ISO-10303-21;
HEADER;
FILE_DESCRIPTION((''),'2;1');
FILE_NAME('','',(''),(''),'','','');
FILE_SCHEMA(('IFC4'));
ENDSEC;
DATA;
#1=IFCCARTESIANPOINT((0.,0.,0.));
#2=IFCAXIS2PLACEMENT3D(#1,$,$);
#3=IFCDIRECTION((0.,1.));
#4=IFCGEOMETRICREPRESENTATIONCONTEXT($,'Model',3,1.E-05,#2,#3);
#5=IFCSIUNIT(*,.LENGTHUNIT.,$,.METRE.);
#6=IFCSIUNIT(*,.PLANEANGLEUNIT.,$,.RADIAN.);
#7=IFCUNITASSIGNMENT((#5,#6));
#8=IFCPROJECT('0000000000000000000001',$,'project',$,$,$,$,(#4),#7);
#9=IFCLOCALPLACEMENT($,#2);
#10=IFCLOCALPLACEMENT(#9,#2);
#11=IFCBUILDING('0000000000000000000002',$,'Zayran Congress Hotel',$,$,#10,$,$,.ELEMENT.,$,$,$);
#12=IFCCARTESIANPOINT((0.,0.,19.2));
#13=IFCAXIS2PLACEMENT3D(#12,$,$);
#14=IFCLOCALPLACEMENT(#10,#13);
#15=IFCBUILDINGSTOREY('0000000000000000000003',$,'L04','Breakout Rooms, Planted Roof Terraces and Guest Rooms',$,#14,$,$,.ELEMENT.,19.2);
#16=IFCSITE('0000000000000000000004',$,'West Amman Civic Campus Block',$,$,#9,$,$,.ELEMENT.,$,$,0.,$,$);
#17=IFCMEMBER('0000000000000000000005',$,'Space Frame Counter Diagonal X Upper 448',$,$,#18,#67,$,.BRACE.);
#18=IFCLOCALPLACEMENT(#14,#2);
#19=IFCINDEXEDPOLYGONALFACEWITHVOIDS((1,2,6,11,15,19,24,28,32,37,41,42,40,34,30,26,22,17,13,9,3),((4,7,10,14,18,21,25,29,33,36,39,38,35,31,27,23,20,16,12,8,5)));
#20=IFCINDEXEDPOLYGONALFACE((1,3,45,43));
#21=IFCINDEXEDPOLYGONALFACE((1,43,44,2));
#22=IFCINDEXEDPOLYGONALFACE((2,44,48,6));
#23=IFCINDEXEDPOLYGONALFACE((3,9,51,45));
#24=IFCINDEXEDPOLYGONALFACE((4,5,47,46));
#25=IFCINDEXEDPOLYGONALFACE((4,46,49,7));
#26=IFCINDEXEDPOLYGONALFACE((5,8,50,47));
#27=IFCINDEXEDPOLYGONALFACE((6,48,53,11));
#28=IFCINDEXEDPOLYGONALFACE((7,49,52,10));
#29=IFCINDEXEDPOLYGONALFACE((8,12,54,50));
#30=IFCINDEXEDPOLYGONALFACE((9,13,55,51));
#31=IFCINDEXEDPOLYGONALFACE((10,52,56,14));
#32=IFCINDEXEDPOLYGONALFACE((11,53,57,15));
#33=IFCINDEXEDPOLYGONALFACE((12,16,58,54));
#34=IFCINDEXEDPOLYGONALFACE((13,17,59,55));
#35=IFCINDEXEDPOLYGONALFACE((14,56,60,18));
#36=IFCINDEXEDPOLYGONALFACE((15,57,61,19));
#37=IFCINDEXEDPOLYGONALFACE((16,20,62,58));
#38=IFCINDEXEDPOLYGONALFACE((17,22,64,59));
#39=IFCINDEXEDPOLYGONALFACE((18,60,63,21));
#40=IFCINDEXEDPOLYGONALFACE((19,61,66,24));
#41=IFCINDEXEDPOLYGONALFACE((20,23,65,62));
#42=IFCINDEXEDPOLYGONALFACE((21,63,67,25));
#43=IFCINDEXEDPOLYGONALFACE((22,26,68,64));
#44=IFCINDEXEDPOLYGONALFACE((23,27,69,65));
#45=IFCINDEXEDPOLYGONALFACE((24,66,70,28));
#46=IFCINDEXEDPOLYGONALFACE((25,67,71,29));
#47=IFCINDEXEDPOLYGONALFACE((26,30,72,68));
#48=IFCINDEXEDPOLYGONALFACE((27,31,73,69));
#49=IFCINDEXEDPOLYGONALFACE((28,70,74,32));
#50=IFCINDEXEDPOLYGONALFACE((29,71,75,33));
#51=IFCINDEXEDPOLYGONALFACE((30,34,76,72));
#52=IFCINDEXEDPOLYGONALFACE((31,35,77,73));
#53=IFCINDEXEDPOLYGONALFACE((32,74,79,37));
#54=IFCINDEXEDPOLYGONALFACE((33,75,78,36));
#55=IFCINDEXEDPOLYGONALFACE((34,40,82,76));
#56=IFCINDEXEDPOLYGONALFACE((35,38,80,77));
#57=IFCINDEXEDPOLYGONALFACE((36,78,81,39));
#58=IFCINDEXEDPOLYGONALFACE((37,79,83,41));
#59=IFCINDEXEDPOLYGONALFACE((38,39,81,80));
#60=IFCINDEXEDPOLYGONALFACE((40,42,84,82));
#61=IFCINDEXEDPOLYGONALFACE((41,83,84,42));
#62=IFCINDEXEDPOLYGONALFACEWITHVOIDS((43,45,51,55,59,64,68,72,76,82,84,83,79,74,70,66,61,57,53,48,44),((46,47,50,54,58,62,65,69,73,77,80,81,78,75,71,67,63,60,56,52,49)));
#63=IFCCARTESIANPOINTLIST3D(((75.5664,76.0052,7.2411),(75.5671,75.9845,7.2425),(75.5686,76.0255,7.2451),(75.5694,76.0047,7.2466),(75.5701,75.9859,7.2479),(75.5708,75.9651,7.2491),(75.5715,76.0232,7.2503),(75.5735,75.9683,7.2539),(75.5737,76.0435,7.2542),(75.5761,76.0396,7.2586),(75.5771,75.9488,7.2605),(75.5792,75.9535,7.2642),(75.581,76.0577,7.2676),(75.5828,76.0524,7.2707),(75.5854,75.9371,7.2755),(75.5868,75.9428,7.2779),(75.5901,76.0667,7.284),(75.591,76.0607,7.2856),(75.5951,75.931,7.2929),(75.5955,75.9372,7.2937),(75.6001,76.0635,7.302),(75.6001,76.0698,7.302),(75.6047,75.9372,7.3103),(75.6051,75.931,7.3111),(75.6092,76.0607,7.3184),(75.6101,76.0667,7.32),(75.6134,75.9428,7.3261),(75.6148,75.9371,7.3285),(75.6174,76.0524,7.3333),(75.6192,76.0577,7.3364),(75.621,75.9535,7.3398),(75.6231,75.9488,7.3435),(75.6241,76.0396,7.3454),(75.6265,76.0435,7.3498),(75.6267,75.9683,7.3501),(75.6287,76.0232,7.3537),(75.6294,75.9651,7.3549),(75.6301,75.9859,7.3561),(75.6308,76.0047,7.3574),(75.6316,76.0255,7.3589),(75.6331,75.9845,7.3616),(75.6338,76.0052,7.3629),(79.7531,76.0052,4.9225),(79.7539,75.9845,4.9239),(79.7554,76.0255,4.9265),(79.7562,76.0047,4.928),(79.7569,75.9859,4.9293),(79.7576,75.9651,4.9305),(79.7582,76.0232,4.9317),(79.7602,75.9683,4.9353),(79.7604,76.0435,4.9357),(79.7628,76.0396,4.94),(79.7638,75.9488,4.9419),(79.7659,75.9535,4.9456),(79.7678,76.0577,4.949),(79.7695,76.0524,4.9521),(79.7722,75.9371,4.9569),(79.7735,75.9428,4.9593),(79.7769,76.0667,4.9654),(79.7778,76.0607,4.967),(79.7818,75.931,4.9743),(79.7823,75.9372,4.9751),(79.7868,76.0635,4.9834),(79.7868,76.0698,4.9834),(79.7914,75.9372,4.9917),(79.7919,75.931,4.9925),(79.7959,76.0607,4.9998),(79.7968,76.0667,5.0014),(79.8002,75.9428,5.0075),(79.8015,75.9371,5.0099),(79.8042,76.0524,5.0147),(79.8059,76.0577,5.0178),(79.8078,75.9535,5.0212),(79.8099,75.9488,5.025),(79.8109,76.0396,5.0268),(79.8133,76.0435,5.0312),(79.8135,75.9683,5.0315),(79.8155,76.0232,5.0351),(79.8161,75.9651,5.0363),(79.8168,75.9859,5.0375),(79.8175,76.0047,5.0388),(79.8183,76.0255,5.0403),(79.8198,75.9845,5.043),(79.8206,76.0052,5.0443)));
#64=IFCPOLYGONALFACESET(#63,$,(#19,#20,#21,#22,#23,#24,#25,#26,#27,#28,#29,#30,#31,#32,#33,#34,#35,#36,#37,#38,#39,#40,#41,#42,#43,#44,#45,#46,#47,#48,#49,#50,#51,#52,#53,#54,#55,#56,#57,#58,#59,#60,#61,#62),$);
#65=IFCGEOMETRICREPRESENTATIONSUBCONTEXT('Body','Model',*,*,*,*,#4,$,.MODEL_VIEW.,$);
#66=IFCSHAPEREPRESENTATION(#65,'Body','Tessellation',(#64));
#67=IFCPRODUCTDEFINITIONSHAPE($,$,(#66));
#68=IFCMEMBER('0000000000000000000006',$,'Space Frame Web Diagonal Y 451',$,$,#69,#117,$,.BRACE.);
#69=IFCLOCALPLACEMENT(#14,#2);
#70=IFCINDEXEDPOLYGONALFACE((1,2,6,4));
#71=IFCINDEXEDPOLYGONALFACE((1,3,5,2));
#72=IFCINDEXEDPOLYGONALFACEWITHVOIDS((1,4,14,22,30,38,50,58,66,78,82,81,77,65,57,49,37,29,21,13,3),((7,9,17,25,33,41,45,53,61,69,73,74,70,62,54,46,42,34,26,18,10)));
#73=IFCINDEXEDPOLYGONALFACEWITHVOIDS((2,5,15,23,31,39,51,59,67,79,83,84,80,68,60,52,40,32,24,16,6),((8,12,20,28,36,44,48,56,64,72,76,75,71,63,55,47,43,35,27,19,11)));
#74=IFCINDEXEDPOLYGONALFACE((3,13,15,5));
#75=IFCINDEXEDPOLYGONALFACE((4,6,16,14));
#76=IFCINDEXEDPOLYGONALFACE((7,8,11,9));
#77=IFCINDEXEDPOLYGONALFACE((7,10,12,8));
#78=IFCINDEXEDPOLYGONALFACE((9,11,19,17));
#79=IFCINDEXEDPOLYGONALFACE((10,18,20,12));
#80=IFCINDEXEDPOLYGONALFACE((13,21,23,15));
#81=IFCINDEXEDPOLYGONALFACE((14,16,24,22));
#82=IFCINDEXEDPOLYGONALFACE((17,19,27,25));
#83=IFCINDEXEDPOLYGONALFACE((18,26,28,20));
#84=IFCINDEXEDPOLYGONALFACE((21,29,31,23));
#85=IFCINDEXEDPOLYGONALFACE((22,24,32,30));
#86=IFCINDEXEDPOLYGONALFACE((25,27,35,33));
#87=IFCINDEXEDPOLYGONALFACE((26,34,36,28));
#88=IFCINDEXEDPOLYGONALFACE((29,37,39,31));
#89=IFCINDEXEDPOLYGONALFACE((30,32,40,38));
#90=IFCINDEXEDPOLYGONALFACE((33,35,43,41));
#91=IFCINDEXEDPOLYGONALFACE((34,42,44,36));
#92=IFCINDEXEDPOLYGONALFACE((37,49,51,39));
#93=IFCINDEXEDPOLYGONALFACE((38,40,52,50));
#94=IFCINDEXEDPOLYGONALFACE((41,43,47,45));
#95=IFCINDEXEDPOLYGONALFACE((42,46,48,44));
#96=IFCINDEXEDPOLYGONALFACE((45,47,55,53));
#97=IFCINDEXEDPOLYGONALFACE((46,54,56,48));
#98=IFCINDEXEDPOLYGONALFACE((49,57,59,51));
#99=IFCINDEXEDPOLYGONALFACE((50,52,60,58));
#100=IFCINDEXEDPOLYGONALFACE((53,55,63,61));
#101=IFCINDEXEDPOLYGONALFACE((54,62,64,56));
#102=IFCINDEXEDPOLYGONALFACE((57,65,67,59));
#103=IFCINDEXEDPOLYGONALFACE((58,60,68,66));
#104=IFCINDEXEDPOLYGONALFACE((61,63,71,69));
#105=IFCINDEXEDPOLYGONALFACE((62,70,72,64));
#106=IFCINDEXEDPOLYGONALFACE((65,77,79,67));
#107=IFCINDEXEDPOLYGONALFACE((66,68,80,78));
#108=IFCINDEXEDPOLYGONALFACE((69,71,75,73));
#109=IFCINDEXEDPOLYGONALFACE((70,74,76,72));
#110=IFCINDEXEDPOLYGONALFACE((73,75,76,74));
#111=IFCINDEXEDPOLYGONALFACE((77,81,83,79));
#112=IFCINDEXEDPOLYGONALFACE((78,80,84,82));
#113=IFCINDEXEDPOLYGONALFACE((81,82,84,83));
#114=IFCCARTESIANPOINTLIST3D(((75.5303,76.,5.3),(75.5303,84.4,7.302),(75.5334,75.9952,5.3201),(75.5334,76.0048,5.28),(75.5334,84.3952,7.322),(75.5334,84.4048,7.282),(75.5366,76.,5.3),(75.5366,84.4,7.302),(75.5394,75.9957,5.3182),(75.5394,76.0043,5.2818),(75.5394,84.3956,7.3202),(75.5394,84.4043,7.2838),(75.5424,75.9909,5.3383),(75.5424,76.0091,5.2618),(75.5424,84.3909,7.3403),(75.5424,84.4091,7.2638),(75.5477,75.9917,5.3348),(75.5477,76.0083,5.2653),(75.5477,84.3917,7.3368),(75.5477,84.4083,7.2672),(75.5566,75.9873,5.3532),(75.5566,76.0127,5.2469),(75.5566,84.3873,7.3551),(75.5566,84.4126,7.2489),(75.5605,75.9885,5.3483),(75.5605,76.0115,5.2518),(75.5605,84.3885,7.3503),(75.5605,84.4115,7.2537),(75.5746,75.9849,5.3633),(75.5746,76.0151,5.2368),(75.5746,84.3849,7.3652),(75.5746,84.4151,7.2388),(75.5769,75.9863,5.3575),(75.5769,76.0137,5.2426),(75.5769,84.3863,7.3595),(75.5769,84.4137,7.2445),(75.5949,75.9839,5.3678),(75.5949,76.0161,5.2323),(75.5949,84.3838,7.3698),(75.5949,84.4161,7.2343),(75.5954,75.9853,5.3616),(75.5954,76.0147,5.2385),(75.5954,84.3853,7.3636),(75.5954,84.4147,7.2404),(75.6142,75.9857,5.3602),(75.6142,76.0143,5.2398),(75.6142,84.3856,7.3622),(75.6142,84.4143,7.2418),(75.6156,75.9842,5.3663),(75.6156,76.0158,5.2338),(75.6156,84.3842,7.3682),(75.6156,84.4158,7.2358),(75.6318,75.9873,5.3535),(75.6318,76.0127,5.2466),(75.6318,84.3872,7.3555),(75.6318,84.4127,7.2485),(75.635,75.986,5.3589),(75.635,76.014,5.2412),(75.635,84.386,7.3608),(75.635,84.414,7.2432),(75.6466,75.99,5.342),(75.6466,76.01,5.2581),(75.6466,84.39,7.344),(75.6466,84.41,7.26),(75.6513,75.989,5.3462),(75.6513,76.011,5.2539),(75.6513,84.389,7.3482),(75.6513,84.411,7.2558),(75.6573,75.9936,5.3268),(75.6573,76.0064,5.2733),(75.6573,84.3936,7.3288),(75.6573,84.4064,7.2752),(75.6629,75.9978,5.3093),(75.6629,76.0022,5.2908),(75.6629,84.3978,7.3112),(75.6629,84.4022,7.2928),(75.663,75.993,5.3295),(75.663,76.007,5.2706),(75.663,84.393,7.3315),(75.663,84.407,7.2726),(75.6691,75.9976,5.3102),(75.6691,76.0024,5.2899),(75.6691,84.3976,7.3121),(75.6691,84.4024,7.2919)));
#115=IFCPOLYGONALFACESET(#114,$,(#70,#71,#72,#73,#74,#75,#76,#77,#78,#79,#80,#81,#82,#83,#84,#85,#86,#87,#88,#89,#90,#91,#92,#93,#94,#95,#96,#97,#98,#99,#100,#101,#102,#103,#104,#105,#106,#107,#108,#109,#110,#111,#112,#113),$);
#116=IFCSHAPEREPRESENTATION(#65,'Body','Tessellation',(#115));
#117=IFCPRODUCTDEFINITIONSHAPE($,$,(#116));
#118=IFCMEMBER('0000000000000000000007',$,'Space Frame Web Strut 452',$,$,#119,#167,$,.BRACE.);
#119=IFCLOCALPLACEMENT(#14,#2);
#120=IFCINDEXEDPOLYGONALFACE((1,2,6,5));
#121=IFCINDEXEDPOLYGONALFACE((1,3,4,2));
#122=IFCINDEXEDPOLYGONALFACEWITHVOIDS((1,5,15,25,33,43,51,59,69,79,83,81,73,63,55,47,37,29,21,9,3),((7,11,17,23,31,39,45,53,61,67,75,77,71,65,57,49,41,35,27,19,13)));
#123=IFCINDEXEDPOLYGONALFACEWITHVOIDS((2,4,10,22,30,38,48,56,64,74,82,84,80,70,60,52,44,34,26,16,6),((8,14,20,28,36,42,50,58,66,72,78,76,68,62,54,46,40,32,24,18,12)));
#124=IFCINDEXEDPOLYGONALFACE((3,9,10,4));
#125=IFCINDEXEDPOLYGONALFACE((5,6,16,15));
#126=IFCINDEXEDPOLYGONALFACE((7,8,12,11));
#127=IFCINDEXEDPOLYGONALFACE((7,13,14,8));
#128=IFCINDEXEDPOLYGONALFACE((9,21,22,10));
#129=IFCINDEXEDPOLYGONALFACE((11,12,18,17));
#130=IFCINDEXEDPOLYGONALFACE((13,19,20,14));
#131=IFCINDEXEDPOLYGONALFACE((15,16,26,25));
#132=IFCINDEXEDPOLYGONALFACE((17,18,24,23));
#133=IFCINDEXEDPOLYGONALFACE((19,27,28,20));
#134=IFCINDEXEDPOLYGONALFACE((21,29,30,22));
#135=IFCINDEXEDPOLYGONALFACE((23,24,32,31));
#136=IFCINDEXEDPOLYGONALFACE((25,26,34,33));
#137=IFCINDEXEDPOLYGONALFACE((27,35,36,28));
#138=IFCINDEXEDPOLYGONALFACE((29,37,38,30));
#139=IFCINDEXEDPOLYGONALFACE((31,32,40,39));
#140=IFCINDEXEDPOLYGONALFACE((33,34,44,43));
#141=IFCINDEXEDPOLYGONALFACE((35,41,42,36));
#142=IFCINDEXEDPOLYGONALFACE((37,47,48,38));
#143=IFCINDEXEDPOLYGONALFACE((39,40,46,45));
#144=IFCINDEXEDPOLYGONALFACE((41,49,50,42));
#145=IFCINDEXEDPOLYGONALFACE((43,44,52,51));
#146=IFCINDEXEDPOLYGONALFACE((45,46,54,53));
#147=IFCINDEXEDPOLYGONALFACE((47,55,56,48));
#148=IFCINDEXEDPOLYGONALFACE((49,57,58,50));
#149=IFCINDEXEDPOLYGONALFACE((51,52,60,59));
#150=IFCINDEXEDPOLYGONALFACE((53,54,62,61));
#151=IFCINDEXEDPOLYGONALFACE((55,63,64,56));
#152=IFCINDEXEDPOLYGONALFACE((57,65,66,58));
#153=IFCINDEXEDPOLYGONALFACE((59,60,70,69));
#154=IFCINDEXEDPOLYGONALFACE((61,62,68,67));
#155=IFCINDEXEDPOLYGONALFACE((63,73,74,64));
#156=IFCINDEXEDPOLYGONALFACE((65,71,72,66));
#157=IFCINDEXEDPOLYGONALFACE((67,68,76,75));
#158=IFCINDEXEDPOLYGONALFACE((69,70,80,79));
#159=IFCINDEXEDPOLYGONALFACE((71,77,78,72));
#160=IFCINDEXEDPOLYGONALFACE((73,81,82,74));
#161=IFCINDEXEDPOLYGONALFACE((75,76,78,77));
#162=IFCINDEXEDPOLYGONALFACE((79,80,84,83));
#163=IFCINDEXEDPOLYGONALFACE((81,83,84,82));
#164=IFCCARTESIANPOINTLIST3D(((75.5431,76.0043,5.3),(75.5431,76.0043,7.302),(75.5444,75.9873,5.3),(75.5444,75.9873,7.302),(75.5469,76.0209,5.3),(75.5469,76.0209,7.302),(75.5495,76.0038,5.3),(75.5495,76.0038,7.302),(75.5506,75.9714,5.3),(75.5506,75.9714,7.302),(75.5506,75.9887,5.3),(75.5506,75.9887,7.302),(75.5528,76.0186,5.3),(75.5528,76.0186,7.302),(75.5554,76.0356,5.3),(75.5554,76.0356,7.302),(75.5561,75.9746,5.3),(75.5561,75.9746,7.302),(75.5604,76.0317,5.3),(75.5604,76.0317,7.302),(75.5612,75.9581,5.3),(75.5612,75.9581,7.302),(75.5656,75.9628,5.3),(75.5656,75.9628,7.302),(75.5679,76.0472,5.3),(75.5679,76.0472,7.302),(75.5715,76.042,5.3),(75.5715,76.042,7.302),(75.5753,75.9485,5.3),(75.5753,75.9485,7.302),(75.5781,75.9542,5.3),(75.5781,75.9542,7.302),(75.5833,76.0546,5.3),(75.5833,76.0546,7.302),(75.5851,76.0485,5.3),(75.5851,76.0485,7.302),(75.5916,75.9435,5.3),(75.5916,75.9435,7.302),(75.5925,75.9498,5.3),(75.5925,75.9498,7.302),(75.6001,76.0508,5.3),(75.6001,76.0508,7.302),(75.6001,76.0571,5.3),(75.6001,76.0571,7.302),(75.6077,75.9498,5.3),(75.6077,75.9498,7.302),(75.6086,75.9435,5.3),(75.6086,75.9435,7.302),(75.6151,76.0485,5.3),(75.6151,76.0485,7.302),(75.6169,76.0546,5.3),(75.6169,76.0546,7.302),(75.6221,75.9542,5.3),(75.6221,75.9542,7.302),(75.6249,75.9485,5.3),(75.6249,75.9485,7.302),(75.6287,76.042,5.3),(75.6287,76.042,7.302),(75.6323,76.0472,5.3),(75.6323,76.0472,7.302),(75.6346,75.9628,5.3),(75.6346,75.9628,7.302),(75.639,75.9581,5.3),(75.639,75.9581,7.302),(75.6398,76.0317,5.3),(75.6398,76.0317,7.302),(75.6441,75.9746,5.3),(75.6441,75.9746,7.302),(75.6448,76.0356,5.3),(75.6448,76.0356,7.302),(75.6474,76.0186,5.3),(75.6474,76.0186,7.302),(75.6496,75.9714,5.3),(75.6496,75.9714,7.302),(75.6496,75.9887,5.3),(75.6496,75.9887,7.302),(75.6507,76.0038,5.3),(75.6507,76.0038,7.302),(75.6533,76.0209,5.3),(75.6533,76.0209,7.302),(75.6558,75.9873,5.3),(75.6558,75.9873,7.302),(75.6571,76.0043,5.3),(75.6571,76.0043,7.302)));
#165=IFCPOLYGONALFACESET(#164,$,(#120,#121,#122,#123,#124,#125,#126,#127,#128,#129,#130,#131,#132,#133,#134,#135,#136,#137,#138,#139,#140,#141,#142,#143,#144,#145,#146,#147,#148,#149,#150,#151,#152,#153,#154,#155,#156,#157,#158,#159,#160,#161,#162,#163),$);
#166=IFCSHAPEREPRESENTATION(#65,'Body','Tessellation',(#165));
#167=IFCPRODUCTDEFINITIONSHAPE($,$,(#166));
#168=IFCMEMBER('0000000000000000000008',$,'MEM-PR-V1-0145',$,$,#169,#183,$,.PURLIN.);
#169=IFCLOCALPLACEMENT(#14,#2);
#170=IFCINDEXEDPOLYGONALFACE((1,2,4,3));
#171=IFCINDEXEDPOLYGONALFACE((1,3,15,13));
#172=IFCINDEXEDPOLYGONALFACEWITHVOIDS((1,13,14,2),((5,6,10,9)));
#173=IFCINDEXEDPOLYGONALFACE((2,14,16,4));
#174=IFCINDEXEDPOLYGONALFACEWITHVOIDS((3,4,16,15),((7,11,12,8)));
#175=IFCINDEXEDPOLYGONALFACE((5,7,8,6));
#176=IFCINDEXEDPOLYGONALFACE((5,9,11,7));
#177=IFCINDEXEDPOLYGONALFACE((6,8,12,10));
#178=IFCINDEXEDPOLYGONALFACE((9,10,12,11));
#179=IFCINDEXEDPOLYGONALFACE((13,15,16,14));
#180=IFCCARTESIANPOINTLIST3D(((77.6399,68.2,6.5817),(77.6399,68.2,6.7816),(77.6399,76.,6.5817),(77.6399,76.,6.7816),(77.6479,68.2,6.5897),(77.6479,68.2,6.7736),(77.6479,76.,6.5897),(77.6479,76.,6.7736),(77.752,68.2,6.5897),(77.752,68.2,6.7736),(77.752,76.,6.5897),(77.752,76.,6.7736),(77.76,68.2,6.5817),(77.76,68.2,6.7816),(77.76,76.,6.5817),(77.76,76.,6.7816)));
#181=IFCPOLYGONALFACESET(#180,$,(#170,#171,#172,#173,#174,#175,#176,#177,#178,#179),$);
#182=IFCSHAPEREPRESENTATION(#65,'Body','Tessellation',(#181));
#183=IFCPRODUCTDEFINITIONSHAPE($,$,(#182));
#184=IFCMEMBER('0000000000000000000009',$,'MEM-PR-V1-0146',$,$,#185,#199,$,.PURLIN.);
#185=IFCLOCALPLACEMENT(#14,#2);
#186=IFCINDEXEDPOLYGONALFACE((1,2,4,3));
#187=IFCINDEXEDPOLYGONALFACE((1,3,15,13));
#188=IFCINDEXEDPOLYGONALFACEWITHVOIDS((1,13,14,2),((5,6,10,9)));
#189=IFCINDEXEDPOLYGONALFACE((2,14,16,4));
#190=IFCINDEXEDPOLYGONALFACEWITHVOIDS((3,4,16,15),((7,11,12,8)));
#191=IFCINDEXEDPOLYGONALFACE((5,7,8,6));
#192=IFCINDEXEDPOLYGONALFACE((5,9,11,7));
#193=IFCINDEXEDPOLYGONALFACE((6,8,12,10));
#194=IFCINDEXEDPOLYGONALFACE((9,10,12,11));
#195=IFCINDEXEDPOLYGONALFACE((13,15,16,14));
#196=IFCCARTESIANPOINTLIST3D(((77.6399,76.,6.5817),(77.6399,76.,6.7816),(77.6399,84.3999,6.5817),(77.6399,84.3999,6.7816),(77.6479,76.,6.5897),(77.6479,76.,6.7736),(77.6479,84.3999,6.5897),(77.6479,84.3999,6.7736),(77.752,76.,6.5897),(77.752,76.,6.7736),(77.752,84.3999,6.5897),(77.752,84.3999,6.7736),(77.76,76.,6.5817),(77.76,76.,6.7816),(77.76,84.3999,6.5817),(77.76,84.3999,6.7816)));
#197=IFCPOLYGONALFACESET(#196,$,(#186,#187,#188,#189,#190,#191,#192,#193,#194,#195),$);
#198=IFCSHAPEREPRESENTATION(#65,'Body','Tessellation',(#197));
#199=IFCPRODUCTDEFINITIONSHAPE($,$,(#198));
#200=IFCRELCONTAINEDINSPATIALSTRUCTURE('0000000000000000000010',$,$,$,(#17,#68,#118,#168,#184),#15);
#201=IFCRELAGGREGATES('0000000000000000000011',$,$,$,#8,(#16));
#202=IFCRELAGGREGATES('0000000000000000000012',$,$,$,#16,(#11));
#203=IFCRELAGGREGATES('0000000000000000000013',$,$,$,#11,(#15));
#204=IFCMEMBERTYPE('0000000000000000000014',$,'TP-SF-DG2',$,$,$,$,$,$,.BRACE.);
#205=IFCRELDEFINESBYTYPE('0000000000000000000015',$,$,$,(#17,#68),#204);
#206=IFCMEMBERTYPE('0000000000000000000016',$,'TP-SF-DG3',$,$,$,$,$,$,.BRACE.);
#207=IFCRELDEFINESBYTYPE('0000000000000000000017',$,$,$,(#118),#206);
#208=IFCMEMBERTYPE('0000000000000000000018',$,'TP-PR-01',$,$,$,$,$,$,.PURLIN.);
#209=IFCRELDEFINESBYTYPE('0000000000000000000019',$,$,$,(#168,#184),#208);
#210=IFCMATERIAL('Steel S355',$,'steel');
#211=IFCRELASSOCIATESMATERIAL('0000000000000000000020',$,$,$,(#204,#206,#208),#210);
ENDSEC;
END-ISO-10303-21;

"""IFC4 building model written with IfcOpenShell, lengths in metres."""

from ifc_helpers import new_model, si_unit, direction, frame, origin, origin_2d, place, context, subcontext, project, spatial, hollow_rectangle, hollow_circle, extrude, material, material_profile, profile_set, type_object, element, save


model = new_model("IFC4")

# Units and contexts
model_context = context("Model", 3, precision=1e-05, world=origin(), true_north=direction((0.0, 1.0)))
body_context = subcontext(model_context, "Body", "Model", "MODEL_VIEW")
ifc_project = project(units=[si_unit("LENGTHUNIT", "METRE"), si_unit("PLANEANGLEUNIT", "RADIAN")], contexts=[model_context])

# Site, building, storey
site_placement = place(None, origin())
site = spatial("IfcSite", under=ifc_project, at=site_placement, Name="West Amman Civic Campus Block", CompositionType="ELEMENT", RefElevation=0.0)
building_placement = place(site_placement, origin())
building = spatial("IfcBuilding", under=site, at=building_placement, Name="Zayran Congress Hotel", CompositionType="ELEMENT")
storey_placement = place(building_placement, frame((0.0, 0.0, 19.2)))
storey = spatial("IfcBuildingStorey", under=building, at=storey_placement, Name="L04", Description="Breakout Rooms, Planted Roof Terraces and Guest Rooms", CompositionType="ELEMENT", Elevation=19.2)

# Members
ifc_material_1 = material(Name="Steel S355", Category="steel")
ifc_material_profile_1 = material_profile(ifc_material_1, hollow_circle(Radius=0.0698, WallThickness=0.0063, at=origin_2d()), Name="CHS 139.7x6.3")
ifc_profile_set_1 = profile_set([ifc_material_profile_1], Name="Steel S355")
member_type_1 = type_object("IfcMemberType", Name="TP-SF-DG2", PredefinedType="BRACE", material=ifc_profile_set_1)
member_1_placement = place(storey_placement, frame((75.6001, 76.0, 7.302), z_axis=(0.874811, 0.0, -0.484464), x_axis=(0.0, 1.0, 0.0)))
element("IfcMember", 1, at=member_1_placement, inside=storey, type_object=member_type_1, Name="Space Frame Counter Diagonal X Upper 448", PredefinedType="BRACE", context=body_context, shape_type="SweptSolid", body=[
    extrude(hollow_circle(Radius=0.0698, WallThickness=0.0063, at=origin_2d()), origin(), (0.0, 0.0, 1.0), 4.7859),
])
member_2_placement = place(storey_placement, frame((75.6001, 76.0, 5.3), z_axis=(0.0, 0.972755, 0.231837), x_axis=(-1.0, 0.0, 0.0)))
element("IfcMember", 2, at=member_2_placement, inside=storey, type_object=member_type_1, Name="Space Frame Web Diagonal Y 451", PredefinedType="BRACE", context=body_context, shape_type="SweptSolid", body=[
    extrude(hollow_circle(Radius=0.0698, WallThickness=0.0063, at=origin_2d()), origin(), (0.0, 0.0, 1.0), 8.6353),
])
ifc_material_profile_2 = material_profile(ifc_material_1, hollow_circle(Radius=0.0571, WallThickness=0.0063, at=origin_2d()), Name="CHS 114.3x6.3")
ifc_profile_set_2 = profile_set([ifc_material_profile_2], Name="Steel S355")
member_type_2 = type_object("IfcMemberType", Name="TP-SF-DG3", PredefinedType="BRACE", material=ifc_profile_set_2)
member_3_placement = place(storey_placement, frame((75.6001, 76.0, 5.3), z_axis=(0.0, 0.0, 1.0), x_axis=(0.0, 1.0, 0.0)))
element("IfcMember", 3, at=member_3_placement, inside=storey, type_object=member_type_2, Name="Space Frame Web Strut 452", PredefinedType="BRACE", context=body_context, shape_type="SweptSolid", body=[
    extrude(hollow_circle(Radius=0.0571, WallThickness=0.0063, at=origin_2d()), origin(), (0.0, 0.0, 1.0), 2.002),
])
ifc_material_profile_3 = material_profile(ifc_material_1, hollow_rectangle(XDim=0.1201, YDim=0.2, WallThickness=0.0081, at=origin_2d()), Name="RHS 200x120x8")
ifc_profile_set_3 = profile_set([ifc_material_profile_3], Name="Steel S355")
member_type_3 = type_object("IfcMemberType", Name="TP-PR-01", PredefinedType="PURLIN", material=ifc_profile_set_3)
member_4_placement = place(storey_placement, frame((77.7, 68.2, 6.6816), z_axis=(0.0, 1.0, 0.0), x_axis=(-1.0, 0.0, 0.0)))
element("IfcMember", 4, at=member_4_placement, inside=storey, type_object=member_type_3, Name="MEM-PR-V1-0145", PredefinedType="PURLIN", context=body_context, shape_type="SweptSolid", body=[
    extrude(hollow_rectangle(XDim=0.1201, YDim=0.2, WallThickness=0.0081, at=origin_2d()), origin(), (0.0, 0.0, 1.0), 7.8),
])
member_5_placement = place(storey_placement, frame((77.7, 76.0, 6.6816), z_axis=(0.0, 1.0, 0.0), x_axis=(-1.0, 0.0, 0.0)))
element("IfcMember", 5, at=member_5_placement, inside=storey, type_object=member_type_3, Name="MEM-PR-V1-0146", PredefinedType="PURLIN", context=body_context, shape_type="SweptSolid", body=[
    extrude(hollow_rectangle(XDim=0.1201, YDim=0.2, WallThickness=0.0081, at=origin_2d()), origin(), (0.0, 0.0, 1.0), 8.3999),
])

save(model, "model.ifc")
